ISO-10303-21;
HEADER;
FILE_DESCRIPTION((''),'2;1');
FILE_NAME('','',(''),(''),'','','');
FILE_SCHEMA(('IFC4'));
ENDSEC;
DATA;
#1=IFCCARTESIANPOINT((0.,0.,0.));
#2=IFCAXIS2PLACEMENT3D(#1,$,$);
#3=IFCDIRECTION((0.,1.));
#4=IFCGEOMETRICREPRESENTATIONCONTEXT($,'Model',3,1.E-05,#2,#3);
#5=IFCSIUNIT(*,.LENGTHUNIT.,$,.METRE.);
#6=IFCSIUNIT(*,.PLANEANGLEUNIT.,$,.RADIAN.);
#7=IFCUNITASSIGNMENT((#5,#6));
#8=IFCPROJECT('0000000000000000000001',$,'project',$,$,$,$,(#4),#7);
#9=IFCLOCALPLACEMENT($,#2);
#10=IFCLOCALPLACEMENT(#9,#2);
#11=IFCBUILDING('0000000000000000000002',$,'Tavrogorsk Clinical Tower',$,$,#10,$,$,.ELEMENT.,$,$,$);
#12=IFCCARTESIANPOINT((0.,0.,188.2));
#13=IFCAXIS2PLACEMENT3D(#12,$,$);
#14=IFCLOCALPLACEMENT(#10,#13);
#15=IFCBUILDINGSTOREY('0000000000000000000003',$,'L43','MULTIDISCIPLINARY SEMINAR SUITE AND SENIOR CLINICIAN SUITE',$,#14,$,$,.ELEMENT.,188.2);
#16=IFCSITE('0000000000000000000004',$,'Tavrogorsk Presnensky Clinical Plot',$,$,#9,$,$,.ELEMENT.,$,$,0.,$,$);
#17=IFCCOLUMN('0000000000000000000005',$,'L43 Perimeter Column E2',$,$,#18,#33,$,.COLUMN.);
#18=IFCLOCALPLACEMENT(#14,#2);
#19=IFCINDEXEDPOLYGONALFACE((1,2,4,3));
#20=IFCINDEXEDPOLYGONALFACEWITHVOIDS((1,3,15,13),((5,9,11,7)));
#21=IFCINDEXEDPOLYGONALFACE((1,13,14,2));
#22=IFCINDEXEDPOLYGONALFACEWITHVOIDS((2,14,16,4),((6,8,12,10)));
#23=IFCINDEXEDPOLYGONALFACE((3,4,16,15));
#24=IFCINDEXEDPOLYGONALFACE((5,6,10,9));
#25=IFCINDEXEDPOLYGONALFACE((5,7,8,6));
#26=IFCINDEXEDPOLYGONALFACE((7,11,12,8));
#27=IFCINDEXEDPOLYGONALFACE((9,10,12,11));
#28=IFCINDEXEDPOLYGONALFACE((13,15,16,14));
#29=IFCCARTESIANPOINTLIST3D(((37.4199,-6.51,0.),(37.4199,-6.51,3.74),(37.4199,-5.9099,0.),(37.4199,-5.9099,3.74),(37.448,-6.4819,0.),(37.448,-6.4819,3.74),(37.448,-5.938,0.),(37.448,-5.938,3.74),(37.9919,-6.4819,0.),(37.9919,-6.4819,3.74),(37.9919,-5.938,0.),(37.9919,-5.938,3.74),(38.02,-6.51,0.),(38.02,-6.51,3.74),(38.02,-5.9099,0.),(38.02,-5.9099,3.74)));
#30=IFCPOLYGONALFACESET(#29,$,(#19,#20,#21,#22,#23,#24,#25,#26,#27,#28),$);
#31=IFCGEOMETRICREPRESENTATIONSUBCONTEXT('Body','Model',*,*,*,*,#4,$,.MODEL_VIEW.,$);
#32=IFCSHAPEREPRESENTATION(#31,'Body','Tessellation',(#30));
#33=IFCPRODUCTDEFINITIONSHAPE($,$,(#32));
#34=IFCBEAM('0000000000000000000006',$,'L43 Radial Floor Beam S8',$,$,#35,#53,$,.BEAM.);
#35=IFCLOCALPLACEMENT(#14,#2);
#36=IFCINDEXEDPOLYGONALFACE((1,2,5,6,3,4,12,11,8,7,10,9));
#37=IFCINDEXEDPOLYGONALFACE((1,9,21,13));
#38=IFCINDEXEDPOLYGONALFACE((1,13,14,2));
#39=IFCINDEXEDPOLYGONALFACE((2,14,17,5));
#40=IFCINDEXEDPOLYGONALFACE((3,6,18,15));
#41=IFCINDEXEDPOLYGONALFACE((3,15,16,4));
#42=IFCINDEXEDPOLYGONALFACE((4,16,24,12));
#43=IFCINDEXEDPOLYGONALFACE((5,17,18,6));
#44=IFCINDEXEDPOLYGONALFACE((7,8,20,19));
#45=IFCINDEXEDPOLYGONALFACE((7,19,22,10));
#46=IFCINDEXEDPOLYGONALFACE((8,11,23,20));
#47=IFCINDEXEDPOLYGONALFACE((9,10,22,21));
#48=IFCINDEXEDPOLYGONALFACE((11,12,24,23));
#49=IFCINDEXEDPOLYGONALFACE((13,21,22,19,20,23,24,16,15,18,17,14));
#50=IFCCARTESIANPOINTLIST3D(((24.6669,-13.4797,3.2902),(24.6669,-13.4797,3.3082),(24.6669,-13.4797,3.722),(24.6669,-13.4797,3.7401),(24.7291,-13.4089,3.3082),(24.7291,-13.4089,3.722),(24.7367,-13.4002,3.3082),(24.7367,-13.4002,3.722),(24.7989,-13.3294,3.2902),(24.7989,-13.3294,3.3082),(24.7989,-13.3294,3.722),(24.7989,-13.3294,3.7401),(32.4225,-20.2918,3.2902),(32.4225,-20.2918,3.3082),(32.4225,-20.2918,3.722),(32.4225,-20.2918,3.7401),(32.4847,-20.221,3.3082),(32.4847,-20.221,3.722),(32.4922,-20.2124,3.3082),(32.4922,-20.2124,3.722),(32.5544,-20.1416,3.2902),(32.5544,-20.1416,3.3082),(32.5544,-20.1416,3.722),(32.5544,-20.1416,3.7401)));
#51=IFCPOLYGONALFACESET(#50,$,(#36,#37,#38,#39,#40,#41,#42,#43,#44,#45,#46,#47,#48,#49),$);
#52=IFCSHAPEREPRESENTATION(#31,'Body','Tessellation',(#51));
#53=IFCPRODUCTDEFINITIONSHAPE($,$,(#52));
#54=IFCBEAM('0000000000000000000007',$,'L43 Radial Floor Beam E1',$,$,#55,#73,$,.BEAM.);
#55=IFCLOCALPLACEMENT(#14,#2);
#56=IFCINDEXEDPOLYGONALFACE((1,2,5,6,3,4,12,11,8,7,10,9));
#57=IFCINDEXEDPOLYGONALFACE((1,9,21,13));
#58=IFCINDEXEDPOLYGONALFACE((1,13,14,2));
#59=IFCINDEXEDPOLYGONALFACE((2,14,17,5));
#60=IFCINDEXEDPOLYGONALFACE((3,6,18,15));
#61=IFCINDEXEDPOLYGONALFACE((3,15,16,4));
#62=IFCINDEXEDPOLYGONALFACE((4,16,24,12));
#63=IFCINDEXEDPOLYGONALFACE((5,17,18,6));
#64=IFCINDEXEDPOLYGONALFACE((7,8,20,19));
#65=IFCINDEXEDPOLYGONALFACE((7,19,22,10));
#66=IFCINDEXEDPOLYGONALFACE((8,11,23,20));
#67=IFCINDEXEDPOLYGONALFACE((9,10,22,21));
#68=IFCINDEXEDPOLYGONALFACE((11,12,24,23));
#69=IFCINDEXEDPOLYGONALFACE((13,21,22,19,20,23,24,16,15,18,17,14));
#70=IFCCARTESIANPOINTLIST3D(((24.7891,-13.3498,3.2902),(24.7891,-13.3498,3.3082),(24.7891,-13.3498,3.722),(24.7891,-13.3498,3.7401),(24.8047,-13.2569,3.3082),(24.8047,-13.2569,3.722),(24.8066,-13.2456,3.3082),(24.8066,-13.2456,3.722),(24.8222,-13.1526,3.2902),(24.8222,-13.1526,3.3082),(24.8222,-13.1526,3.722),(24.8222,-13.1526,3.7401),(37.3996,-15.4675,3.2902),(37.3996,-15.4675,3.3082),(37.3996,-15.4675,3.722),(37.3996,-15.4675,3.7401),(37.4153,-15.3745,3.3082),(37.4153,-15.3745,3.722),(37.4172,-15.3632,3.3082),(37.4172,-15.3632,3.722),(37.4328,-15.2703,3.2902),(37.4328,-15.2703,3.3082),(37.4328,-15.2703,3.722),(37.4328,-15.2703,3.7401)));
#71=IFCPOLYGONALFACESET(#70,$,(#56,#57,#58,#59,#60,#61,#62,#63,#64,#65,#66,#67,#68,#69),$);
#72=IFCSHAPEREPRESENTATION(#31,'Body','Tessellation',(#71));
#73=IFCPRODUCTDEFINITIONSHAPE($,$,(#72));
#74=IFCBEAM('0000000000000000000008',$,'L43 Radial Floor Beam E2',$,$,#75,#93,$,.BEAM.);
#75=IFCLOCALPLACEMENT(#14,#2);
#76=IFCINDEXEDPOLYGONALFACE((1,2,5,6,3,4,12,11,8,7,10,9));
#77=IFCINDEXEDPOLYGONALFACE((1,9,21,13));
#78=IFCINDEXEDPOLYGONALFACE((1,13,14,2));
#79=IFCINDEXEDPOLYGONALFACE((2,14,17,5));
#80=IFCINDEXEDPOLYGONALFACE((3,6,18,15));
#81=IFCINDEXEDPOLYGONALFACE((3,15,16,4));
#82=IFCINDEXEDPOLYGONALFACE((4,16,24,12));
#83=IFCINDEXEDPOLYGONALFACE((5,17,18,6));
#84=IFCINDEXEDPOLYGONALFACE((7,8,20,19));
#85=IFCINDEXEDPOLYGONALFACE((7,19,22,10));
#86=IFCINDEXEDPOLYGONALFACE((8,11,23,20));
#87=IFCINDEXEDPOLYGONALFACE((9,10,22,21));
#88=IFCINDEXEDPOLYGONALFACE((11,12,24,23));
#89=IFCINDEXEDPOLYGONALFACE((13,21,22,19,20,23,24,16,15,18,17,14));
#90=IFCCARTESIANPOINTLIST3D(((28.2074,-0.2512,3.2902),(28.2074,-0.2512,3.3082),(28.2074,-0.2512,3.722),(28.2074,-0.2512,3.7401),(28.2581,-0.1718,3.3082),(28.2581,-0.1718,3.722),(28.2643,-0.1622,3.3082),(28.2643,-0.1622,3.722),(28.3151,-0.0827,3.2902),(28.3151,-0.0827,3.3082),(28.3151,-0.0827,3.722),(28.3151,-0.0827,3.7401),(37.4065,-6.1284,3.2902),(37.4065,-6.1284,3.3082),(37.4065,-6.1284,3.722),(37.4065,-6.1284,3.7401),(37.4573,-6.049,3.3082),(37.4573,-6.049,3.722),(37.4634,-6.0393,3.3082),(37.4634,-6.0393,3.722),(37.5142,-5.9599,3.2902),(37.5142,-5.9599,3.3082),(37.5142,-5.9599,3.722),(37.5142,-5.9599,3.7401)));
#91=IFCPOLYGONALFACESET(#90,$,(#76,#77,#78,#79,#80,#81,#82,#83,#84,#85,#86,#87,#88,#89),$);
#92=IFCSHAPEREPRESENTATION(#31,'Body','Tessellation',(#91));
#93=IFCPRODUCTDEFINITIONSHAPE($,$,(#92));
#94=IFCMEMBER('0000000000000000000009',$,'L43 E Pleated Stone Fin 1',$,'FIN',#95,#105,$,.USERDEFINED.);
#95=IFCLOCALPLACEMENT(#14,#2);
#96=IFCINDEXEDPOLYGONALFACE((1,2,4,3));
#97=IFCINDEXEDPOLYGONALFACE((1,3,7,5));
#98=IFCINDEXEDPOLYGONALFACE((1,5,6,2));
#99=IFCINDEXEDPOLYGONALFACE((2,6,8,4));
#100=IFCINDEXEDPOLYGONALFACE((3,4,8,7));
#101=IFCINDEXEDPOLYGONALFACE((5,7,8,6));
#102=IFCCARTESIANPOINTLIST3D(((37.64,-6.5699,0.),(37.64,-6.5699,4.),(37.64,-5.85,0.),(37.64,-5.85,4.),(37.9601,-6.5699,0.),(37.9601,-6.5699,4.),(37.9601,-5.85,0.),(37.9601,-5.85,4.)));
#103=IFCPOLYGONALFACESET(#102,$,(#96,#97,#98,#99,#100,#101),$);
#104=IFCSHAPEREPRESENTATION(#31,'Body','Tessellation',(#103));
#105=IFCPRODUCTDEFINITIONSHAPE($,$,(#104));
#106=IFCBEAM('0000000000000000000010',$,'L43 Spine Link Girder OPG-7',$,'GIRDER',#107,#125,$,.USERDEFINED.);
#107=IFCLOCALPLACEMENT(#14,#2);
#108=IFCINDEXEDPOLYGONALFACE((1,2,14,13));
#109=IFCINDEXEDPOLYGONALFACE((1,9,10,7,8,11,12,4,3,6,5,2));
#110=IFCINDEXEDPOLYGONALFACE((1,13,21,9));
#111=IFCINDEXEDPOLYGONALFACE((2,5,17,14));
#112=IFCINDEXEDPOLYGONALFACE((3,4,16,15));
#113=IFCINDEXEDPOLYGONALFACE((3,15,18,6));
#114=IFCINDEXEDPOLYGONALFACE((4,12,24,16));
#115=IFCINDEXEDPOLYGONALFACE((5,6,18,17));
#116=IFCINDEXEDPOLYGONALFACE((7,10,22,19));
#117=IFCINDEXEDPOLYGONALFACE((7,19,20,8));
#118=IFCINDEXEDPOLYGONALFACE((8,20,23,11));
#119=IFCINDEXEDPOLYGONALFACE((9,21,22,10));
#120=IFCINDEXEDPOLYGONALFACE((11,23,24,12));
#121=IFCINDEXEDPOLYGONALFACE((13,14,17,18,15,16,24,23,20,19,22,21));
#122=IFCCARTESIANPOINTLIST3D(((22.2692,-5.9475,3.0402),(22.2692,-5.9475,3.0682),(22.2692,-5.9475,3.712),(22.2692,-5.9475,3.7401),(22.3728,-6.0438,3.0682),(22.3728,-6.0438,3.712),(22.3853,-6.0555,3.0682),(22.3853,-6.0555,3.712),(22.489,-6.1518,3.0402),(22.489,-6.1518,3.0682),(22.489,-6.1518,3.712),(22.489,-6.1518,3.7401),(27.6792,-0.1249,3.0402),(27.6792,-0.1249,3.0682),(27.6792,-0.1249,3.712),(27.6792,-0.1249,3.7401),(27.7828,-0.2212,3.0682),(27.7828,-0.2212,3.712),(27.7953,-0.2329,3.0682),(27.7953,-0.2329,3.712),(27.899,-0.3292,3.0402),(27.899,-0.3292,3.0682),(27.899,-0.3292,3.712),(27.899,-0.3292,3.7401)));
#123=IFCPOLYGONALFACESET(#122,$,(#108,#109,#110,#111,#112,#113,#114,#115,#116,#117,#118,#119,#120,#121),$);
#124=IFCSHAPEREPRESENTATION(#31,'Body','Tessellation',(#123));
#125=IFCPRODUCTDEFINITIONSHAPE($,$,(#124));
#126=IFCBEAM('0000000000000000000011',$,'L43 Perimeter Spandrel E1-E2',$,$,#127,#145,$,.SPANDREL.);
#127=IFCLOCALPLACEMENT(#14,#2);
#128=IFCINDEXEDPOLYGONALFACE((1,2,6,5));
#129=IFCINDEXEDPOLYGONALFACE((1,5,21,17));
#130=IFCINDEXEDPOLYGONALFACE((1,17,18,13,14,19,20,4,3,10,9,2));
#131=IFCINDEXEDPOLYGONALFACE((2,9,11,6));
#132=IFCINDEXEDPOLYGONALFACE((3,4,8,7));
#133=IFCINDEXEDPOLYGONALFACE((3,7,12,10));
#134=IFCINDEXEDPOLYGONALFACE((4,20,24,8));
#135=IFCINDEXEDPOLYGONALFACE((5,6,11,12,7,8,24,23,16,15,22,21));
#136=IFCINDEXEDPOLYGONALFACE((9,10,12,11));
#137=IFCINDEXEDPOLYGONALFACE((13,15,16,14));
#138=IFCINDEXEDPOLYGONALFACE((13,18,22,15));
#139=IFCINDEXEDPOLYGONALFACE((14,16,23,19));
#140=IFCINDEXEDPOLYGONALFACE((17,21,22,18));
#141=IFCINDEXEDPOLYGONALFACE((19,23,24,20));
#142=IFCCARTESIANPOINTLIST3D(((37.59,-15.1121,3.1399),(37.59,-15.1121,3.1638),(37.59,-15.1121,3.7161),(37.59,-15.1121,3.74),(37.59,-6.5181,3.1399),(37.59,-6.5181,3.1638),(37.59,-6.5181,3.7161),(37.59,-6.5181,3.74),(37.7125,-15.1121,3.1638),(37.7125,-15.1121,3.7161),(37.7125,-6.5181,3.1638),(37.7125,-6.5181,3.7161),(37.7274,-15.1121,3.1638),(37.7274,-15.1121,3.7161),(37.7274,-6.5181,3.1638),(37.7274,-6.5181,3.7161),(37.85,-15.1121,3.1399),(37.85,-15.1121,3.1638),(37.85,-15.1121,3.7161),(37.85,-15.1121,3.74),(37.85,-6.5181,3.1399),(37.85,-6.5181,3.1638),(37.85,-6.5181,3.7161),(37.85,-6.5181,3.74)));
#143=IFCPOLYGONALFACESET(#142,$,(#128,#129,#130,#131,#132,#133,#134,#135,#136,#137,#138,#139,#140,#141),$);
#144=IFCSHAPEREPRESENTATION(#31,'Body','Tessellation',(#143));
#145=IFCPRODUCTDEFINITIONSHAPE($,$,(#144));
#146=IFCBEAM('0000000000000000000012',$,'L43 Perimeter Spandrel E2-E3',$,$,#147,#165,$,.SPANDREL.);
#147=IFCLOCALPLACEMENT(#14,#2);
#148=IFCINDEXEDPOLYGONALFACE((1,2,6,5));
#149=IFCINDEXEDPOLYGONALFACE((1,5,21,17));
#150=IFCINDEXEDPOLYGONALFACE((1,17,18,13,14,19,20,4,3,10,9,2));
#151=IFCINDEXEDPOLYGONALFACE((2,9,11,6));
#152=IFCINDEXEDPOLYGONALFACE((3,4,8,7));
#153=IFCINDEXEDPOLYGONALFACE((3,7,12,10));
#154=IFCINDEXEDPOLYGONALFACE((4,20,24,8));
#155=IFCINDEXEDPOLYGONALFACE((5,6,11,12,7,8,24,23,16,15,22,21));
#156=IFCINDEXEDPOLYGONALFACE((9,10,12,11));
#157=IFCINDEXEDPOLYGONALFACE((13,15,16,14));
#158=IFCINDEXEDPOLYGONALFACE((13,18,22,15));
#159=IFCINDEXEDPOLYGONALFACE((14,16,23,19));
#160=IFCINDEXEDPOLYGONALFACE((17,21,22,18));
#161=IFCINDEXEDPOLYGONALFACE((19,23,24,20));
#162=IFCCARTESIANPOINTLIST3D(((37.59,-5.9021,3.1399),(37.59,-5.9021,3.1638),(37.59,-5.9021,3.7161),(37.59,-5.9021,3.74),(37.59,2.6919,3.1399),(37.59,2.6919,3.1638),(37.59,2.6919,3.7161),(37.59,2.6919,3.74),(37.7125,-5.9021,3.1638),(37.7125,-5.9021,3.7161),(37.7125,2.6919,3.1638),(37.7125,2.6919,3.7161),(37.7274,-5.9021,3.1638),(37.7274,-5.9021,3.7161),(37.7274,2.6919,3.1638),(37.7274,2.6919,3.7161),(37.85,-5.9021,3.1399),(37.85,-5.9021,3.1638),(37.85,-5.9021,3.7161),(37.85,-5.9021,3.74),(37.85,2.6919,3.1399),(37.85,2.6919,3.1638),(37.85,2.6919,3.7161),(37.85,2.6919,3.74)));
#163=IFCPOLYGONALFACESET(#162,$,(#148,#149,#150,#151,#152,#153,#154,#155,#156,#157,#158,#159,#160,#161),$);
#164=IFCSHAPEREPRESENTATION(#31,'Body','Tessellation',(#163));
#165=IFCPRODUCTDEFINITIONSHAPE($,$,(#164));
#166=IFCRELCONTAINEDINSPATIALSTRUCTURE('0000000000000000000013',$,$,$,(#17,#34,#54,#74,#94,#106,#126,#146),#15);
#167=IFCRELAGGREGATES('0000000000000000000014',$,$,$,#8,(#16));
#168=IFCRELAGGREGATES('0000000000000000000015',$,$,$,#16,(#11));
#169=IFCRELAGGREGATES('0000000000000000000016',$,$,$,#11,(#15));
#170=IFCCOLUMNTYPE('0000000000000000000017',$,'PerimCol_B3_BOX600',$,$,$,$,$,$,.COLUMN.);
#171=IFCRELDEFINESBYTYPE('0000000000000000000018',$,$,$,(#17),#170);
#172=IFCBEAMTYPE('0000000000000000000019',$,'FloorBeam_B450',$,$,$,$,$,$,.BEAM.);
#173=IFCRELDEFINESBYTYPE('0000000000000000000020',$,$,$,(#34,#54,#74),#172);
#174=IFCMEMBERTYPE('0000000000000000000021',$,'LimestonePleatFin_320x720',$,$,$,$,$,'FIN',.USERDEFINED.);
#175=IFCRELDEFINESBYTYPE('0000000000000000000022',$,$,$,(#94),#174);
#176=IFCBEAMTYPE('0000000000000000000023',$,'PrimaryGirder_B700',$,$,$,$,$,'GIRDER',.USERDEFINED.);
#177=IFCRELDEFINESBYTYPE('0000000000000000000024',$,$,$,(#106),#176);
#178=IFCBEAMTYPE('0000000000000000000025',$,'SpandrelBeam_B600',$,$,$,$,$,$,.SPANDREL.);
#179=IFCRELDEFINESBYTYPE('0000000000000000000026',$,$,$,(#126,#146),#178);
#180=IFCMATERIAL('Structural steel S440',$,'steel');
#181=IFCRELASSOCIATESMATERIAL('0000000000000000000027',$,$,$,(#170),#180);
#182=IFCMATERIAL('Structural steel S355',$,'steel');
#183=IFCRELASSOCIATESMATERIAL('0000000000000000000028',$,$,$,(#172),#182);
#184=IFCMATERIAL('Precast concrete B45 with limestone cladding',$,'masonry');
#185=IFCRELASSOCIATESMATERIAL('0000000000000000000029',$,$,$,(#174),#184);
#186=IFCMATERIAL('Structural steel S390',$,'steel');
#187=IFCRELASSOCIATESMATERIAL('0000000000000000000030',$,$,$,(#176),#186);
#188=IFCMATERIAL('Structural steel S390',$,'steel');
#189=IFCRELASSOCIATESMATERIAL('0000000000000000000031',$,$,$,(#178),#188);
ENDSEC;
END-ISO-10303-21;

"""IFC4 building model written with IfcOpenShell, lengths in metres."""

from ifc_helpers import new_model, si_unit, direction, frame, origin, origin_2d, place, context, subcontext, project, spatial, rectangle, hollow_rectangle, i_section, extrude, material, material_profile, profile_set, type_object, element, save


model = new_model("IFC4")

# Units and contexts
model_context = context("Model", 3, precision=1e-05, world=origin(), true_north=direction((0.0, 1.0)))
body_context = subcontext(model_context, "Body", "Model", "MODEL_VIEW")
ifc_project = project(units=[si_unit("LENGTHUNIT", "METRE"), si_unit("PLANEANGLEUNIT", "RADIAN")], contexts=[model_context])

# Site, building, storey
site_placement = place(None, origin())
site = spatial("IfcSite", under=ifc_project, at=site_placement, Name="Tavrogorsk Presnensky Clinical Plot", CompositionType="ELEMENT", RefElevation=0.0)
building_placement = place(site_placement, origin())
building = spatial("IfcBuilding", under=site, at=building_placement, Name="Tavrogorsk Clinical Tower", CompositionType="ELEMENT")
storey_placement = place(building_placement, frame((0.0, 0.0, 188.2)))
storey = spatial("IfcBuildingStorey", under=building, at=storey_placement, Name="L43", Description="MULTIDISCIPLINARY SEMINAR SUITE AND SENIOR CLINICIAN SUITE", CompositionType="ELEMENT", Elevation=188.2)

# Column
ifc_material_1 = material(Name="Structural steel S440", Category="steel")
ifc_material_profile_1 = material_profile(ifc_material_1, hollow_rectangle(XDim=0.6001, YDim=0.6001, WallThickness=0.0281, at=origin_2d()), Name="BOX-600x600x28")
ifc_profile_set_1 = profile_set([ifc_material_profile_1], Name="Structural steel S440")
column_type = type_object("IfcColumnType", Name="PerimCol_B3_BOX600", PredefinedType="COLUMN", material=ifc_profile_set_1)
column_placement = place(storey_placement, frame((37.72, -6.21, 0.0), z_axis=(0.0, 0.0, 1.0), x_axis=(1.0, 0.0, 0.0)))
element("IfcColumn", 1, at=column_placement, inside=storey, type_object=column_type, Name="L43 Perimeter Column E2", PredefinedType="COLUMN", context=body_context, shape_type="SweptSolid", body=[
    extrude(hollow_rectangle(XDim=0.6001, YDim=0.6001, WallThickness=0.0281, at=origin_2d()), origin(), (0.0, 0.0, 1.0), 3.74),
])

# Beams
ifc_material_2 = material(Name="Structural steel S355", Category="steel")
ifc_material_profile_2 = material_profile(ifc_material_2, i_section(OverallWidth=0.2, OverallDepth=0.45, WebThickness=0.0115, FlangeThickness=0.0181, at=origin_2d()), Name="B-450x200x11.5x18")
ifc_profile_set_2 = profile_set([ifc_material_profile_2], Name="Structural steel S355")
beam_type_1 = type_object("IfcBeamType", Name="FloorBeam_B450", PredefinedType="BEAM", material=ifc_profile_set_2)
beam_1_placement = place(storey_placement, frame((24.7329, -13.4045, 3.5151), z_axis=(0.751323, -0.659935, 0.0), x_axis=(0.659935, 0.751323, 0.0)))
element("IfcBeam", 2, at=beam_1_placement, inside=storey, type_object=beam_type_1, Name="L43 Radial Floor Beam S8", PredefinedType="BEAM", context=body_context, shape_type="SweptSolid", body=[
    extrude(i_section(OverallWidth=0.2, OverallDepth=0.45, WebThickness=0.0115, FlangeThickness=0.0181, at=origin_2d()), origin(), (0.0, 0.0, 1.0), 10.3225),
])
beam_2_placement = place(storey_placement, frame((24.8057, -13.2512, 3.5151), z_axis=(0.986191, -0.165609, 0.0), x_axis=(0.165609, 0.986191, 0.0)))
element("IfcBeam", 3, at=beam_2_placement, inside=storey, type_object=beam_type_1, Name="L43 Radial Floor Beam E1", PredefinedType="BEAM", context=body_context, shape_type="SweptSolid", body=[
    extrude(i_section(OverallWidth=0.2, OverallDepth=0.45, WebThickness=0.0115, FlangeThickness=0.0181, at=origin_2d()), origin(), (0.0, 0.0, 1.0), 12.7871),
])
beam_3_placement = place(storey_placement, frame((28.2612, -0.167, 3.5151), z_axis=(0.8427, -0.538384, 0.0), x_axis=(0.538384, 0.8427, 0.0)))
element("IfcBeam", 4, at=beam_3_placement, inside=storey, type_object=beam_type_1, Name="L43 Radial Floor Beam E2", PredefinedType="BEAM", context=body_context, shape_type="SweptSolid", body=[
    extrude(i_section(OverallWidth=0.2, OverallDepth=0.45, WebThickness=0.0115, FlangeThickness=0.0181, at=origin_2d()), origin(), (0.0, 0.0, 1.0), 10.9163),
])

# Member
ifc_material_3 = material(Name="Precast concrete B45 with limestone cladding", Category="masonry")
ifc_material_profile_3 = material_profile(ifc_material_3, rectangle(XDim=0.3201, YDim=0.72, at=origin_2d()), Name="LIMESTONE-FIN-320x720")
ifc_profile_set_3 = profile_set([ifc_material_profile_3], Name="Precast concrete B45 with limestone cladding")
member_type = type_object("IfcMemberType", Name="LimestonePleatFin_320x720", ElementType="FIN", PredefinedType="USERDEFINED", material=ifc_profile_set_3)
member_placement = place(storey_placement, frame((37.8, -6.21, 0.0), z_axis=(0.0, 0.0, 1.0), x_axis=(1.0, 0.0, 0.0)))
element("IfcMember", 5, at=member_placement, inside=storey, type_object=member_type, Name="L43 E Pleated Stone Fin 1", ObjectType="FIN", PredefinedType="USERDEFINED", context=body_context, shape_type="SweptSolid", body=[
    extrude(rectangle(XDim=0.3201, YDim=0.72, at=origin_2d()), origin(), (0.0, 0.0, 1.0), 4.0),
])

# Beams
ifc_material_4 = material(Name="Structural steel S390", Category="steel")
ifc_material_profile_4 = material_profile(ifc_material_4, i_section(OverallWidth=0.3, OverallDepth=0.7, WebThickness=0.0171, FlangeThickness=0.0281, at=origin_2d()), Name="B-700x300x17x28")
ifc_profile_set_4 = profile_set([ifc_material_profile_4], Name="Structural steel S390")
beam_type_2 = type_object("IfcBeamType", Name="PrimaryGirder_B700", ElementType="GIRDER", PredefinedType="USERDEFINED", material=ifc_profile_set_4)
beam_4_placement = place(storey_placement, frame((27.7891, -0.2271, 3.3901), z_axis=(-0.680674, -0.732587, 0.0), x_axis=(0.732587, -0.680674, 0.0)))
element("IfcBeam", 6, at=beam_4_placement, inside=storey, type_object=beam_type_2, Name="L43 Spine Link Girder OPG-7", ObjectType="GIRDER", PredefinedType="USERDEFINED", context=body_context, shape_type="SweptSolid", body=[
    extrude(i_section(OverallWidth=0.3, OverallDepth=0.7, WebThickness=0.0171, FlangeThickness=0.0281, at=origin_2d()), origin(), (0.0, 0.0, 1.0), 7.948),
])
ifc_material_5 = material(Name="Structural steel S390", Category="steel")
ifc_material_profile_5 = material_profile(ifc_material_5, i_section(OverallWidth=0.26, OverallDepth=0.6001, WebThickness=0.0149, FlangeThickness=0.0239, at=origin_2d()), Name="B-600x260x15x24")
ifc_profile_set_5 = profile_set([ifc_material_profile_5], Name="Structural steel S390")
beam_type_3 = type_object("IfcBeamType", Name="SpandrelBeam_B600", PredefinedType="SPANDREL", material=ifc_profile_set_5)
for number, where, z_axis, x_axis, name in (
    (7, (37.72, -15.1121, 3.4399), (0.0, 1.0, 0.0), (-1.0, 0.0, 0.0), "L43 Perimeter Spandrel E1-E2"),
    (8, (37.72, -5.9021, 3.4399), (0.0, 1.0, 0.0), (-1.0, 0.0, 0.0), "L43 Perimeter Spandrel E2-E3"),
):
    element("IfcBeam", number, at=place(storey_placement, frame(where, z_axis=z_axis, x_axis=x_axis)), inside=storey, type_object=beam_type_3, Name=name, PredefinedType="SPANDREL", context=body_context, shape_type="SweptSolid", body=[
        extrude(i_section(OverallWidth=0.26, OverallDepth=0.6001, WebThickness=0.0149, FlangeThickness=0.0239, at=origin_2d()), origin(), (0.0, 0.0, 1.0), 8.594),
    ])

save(model, "model.ifc")
